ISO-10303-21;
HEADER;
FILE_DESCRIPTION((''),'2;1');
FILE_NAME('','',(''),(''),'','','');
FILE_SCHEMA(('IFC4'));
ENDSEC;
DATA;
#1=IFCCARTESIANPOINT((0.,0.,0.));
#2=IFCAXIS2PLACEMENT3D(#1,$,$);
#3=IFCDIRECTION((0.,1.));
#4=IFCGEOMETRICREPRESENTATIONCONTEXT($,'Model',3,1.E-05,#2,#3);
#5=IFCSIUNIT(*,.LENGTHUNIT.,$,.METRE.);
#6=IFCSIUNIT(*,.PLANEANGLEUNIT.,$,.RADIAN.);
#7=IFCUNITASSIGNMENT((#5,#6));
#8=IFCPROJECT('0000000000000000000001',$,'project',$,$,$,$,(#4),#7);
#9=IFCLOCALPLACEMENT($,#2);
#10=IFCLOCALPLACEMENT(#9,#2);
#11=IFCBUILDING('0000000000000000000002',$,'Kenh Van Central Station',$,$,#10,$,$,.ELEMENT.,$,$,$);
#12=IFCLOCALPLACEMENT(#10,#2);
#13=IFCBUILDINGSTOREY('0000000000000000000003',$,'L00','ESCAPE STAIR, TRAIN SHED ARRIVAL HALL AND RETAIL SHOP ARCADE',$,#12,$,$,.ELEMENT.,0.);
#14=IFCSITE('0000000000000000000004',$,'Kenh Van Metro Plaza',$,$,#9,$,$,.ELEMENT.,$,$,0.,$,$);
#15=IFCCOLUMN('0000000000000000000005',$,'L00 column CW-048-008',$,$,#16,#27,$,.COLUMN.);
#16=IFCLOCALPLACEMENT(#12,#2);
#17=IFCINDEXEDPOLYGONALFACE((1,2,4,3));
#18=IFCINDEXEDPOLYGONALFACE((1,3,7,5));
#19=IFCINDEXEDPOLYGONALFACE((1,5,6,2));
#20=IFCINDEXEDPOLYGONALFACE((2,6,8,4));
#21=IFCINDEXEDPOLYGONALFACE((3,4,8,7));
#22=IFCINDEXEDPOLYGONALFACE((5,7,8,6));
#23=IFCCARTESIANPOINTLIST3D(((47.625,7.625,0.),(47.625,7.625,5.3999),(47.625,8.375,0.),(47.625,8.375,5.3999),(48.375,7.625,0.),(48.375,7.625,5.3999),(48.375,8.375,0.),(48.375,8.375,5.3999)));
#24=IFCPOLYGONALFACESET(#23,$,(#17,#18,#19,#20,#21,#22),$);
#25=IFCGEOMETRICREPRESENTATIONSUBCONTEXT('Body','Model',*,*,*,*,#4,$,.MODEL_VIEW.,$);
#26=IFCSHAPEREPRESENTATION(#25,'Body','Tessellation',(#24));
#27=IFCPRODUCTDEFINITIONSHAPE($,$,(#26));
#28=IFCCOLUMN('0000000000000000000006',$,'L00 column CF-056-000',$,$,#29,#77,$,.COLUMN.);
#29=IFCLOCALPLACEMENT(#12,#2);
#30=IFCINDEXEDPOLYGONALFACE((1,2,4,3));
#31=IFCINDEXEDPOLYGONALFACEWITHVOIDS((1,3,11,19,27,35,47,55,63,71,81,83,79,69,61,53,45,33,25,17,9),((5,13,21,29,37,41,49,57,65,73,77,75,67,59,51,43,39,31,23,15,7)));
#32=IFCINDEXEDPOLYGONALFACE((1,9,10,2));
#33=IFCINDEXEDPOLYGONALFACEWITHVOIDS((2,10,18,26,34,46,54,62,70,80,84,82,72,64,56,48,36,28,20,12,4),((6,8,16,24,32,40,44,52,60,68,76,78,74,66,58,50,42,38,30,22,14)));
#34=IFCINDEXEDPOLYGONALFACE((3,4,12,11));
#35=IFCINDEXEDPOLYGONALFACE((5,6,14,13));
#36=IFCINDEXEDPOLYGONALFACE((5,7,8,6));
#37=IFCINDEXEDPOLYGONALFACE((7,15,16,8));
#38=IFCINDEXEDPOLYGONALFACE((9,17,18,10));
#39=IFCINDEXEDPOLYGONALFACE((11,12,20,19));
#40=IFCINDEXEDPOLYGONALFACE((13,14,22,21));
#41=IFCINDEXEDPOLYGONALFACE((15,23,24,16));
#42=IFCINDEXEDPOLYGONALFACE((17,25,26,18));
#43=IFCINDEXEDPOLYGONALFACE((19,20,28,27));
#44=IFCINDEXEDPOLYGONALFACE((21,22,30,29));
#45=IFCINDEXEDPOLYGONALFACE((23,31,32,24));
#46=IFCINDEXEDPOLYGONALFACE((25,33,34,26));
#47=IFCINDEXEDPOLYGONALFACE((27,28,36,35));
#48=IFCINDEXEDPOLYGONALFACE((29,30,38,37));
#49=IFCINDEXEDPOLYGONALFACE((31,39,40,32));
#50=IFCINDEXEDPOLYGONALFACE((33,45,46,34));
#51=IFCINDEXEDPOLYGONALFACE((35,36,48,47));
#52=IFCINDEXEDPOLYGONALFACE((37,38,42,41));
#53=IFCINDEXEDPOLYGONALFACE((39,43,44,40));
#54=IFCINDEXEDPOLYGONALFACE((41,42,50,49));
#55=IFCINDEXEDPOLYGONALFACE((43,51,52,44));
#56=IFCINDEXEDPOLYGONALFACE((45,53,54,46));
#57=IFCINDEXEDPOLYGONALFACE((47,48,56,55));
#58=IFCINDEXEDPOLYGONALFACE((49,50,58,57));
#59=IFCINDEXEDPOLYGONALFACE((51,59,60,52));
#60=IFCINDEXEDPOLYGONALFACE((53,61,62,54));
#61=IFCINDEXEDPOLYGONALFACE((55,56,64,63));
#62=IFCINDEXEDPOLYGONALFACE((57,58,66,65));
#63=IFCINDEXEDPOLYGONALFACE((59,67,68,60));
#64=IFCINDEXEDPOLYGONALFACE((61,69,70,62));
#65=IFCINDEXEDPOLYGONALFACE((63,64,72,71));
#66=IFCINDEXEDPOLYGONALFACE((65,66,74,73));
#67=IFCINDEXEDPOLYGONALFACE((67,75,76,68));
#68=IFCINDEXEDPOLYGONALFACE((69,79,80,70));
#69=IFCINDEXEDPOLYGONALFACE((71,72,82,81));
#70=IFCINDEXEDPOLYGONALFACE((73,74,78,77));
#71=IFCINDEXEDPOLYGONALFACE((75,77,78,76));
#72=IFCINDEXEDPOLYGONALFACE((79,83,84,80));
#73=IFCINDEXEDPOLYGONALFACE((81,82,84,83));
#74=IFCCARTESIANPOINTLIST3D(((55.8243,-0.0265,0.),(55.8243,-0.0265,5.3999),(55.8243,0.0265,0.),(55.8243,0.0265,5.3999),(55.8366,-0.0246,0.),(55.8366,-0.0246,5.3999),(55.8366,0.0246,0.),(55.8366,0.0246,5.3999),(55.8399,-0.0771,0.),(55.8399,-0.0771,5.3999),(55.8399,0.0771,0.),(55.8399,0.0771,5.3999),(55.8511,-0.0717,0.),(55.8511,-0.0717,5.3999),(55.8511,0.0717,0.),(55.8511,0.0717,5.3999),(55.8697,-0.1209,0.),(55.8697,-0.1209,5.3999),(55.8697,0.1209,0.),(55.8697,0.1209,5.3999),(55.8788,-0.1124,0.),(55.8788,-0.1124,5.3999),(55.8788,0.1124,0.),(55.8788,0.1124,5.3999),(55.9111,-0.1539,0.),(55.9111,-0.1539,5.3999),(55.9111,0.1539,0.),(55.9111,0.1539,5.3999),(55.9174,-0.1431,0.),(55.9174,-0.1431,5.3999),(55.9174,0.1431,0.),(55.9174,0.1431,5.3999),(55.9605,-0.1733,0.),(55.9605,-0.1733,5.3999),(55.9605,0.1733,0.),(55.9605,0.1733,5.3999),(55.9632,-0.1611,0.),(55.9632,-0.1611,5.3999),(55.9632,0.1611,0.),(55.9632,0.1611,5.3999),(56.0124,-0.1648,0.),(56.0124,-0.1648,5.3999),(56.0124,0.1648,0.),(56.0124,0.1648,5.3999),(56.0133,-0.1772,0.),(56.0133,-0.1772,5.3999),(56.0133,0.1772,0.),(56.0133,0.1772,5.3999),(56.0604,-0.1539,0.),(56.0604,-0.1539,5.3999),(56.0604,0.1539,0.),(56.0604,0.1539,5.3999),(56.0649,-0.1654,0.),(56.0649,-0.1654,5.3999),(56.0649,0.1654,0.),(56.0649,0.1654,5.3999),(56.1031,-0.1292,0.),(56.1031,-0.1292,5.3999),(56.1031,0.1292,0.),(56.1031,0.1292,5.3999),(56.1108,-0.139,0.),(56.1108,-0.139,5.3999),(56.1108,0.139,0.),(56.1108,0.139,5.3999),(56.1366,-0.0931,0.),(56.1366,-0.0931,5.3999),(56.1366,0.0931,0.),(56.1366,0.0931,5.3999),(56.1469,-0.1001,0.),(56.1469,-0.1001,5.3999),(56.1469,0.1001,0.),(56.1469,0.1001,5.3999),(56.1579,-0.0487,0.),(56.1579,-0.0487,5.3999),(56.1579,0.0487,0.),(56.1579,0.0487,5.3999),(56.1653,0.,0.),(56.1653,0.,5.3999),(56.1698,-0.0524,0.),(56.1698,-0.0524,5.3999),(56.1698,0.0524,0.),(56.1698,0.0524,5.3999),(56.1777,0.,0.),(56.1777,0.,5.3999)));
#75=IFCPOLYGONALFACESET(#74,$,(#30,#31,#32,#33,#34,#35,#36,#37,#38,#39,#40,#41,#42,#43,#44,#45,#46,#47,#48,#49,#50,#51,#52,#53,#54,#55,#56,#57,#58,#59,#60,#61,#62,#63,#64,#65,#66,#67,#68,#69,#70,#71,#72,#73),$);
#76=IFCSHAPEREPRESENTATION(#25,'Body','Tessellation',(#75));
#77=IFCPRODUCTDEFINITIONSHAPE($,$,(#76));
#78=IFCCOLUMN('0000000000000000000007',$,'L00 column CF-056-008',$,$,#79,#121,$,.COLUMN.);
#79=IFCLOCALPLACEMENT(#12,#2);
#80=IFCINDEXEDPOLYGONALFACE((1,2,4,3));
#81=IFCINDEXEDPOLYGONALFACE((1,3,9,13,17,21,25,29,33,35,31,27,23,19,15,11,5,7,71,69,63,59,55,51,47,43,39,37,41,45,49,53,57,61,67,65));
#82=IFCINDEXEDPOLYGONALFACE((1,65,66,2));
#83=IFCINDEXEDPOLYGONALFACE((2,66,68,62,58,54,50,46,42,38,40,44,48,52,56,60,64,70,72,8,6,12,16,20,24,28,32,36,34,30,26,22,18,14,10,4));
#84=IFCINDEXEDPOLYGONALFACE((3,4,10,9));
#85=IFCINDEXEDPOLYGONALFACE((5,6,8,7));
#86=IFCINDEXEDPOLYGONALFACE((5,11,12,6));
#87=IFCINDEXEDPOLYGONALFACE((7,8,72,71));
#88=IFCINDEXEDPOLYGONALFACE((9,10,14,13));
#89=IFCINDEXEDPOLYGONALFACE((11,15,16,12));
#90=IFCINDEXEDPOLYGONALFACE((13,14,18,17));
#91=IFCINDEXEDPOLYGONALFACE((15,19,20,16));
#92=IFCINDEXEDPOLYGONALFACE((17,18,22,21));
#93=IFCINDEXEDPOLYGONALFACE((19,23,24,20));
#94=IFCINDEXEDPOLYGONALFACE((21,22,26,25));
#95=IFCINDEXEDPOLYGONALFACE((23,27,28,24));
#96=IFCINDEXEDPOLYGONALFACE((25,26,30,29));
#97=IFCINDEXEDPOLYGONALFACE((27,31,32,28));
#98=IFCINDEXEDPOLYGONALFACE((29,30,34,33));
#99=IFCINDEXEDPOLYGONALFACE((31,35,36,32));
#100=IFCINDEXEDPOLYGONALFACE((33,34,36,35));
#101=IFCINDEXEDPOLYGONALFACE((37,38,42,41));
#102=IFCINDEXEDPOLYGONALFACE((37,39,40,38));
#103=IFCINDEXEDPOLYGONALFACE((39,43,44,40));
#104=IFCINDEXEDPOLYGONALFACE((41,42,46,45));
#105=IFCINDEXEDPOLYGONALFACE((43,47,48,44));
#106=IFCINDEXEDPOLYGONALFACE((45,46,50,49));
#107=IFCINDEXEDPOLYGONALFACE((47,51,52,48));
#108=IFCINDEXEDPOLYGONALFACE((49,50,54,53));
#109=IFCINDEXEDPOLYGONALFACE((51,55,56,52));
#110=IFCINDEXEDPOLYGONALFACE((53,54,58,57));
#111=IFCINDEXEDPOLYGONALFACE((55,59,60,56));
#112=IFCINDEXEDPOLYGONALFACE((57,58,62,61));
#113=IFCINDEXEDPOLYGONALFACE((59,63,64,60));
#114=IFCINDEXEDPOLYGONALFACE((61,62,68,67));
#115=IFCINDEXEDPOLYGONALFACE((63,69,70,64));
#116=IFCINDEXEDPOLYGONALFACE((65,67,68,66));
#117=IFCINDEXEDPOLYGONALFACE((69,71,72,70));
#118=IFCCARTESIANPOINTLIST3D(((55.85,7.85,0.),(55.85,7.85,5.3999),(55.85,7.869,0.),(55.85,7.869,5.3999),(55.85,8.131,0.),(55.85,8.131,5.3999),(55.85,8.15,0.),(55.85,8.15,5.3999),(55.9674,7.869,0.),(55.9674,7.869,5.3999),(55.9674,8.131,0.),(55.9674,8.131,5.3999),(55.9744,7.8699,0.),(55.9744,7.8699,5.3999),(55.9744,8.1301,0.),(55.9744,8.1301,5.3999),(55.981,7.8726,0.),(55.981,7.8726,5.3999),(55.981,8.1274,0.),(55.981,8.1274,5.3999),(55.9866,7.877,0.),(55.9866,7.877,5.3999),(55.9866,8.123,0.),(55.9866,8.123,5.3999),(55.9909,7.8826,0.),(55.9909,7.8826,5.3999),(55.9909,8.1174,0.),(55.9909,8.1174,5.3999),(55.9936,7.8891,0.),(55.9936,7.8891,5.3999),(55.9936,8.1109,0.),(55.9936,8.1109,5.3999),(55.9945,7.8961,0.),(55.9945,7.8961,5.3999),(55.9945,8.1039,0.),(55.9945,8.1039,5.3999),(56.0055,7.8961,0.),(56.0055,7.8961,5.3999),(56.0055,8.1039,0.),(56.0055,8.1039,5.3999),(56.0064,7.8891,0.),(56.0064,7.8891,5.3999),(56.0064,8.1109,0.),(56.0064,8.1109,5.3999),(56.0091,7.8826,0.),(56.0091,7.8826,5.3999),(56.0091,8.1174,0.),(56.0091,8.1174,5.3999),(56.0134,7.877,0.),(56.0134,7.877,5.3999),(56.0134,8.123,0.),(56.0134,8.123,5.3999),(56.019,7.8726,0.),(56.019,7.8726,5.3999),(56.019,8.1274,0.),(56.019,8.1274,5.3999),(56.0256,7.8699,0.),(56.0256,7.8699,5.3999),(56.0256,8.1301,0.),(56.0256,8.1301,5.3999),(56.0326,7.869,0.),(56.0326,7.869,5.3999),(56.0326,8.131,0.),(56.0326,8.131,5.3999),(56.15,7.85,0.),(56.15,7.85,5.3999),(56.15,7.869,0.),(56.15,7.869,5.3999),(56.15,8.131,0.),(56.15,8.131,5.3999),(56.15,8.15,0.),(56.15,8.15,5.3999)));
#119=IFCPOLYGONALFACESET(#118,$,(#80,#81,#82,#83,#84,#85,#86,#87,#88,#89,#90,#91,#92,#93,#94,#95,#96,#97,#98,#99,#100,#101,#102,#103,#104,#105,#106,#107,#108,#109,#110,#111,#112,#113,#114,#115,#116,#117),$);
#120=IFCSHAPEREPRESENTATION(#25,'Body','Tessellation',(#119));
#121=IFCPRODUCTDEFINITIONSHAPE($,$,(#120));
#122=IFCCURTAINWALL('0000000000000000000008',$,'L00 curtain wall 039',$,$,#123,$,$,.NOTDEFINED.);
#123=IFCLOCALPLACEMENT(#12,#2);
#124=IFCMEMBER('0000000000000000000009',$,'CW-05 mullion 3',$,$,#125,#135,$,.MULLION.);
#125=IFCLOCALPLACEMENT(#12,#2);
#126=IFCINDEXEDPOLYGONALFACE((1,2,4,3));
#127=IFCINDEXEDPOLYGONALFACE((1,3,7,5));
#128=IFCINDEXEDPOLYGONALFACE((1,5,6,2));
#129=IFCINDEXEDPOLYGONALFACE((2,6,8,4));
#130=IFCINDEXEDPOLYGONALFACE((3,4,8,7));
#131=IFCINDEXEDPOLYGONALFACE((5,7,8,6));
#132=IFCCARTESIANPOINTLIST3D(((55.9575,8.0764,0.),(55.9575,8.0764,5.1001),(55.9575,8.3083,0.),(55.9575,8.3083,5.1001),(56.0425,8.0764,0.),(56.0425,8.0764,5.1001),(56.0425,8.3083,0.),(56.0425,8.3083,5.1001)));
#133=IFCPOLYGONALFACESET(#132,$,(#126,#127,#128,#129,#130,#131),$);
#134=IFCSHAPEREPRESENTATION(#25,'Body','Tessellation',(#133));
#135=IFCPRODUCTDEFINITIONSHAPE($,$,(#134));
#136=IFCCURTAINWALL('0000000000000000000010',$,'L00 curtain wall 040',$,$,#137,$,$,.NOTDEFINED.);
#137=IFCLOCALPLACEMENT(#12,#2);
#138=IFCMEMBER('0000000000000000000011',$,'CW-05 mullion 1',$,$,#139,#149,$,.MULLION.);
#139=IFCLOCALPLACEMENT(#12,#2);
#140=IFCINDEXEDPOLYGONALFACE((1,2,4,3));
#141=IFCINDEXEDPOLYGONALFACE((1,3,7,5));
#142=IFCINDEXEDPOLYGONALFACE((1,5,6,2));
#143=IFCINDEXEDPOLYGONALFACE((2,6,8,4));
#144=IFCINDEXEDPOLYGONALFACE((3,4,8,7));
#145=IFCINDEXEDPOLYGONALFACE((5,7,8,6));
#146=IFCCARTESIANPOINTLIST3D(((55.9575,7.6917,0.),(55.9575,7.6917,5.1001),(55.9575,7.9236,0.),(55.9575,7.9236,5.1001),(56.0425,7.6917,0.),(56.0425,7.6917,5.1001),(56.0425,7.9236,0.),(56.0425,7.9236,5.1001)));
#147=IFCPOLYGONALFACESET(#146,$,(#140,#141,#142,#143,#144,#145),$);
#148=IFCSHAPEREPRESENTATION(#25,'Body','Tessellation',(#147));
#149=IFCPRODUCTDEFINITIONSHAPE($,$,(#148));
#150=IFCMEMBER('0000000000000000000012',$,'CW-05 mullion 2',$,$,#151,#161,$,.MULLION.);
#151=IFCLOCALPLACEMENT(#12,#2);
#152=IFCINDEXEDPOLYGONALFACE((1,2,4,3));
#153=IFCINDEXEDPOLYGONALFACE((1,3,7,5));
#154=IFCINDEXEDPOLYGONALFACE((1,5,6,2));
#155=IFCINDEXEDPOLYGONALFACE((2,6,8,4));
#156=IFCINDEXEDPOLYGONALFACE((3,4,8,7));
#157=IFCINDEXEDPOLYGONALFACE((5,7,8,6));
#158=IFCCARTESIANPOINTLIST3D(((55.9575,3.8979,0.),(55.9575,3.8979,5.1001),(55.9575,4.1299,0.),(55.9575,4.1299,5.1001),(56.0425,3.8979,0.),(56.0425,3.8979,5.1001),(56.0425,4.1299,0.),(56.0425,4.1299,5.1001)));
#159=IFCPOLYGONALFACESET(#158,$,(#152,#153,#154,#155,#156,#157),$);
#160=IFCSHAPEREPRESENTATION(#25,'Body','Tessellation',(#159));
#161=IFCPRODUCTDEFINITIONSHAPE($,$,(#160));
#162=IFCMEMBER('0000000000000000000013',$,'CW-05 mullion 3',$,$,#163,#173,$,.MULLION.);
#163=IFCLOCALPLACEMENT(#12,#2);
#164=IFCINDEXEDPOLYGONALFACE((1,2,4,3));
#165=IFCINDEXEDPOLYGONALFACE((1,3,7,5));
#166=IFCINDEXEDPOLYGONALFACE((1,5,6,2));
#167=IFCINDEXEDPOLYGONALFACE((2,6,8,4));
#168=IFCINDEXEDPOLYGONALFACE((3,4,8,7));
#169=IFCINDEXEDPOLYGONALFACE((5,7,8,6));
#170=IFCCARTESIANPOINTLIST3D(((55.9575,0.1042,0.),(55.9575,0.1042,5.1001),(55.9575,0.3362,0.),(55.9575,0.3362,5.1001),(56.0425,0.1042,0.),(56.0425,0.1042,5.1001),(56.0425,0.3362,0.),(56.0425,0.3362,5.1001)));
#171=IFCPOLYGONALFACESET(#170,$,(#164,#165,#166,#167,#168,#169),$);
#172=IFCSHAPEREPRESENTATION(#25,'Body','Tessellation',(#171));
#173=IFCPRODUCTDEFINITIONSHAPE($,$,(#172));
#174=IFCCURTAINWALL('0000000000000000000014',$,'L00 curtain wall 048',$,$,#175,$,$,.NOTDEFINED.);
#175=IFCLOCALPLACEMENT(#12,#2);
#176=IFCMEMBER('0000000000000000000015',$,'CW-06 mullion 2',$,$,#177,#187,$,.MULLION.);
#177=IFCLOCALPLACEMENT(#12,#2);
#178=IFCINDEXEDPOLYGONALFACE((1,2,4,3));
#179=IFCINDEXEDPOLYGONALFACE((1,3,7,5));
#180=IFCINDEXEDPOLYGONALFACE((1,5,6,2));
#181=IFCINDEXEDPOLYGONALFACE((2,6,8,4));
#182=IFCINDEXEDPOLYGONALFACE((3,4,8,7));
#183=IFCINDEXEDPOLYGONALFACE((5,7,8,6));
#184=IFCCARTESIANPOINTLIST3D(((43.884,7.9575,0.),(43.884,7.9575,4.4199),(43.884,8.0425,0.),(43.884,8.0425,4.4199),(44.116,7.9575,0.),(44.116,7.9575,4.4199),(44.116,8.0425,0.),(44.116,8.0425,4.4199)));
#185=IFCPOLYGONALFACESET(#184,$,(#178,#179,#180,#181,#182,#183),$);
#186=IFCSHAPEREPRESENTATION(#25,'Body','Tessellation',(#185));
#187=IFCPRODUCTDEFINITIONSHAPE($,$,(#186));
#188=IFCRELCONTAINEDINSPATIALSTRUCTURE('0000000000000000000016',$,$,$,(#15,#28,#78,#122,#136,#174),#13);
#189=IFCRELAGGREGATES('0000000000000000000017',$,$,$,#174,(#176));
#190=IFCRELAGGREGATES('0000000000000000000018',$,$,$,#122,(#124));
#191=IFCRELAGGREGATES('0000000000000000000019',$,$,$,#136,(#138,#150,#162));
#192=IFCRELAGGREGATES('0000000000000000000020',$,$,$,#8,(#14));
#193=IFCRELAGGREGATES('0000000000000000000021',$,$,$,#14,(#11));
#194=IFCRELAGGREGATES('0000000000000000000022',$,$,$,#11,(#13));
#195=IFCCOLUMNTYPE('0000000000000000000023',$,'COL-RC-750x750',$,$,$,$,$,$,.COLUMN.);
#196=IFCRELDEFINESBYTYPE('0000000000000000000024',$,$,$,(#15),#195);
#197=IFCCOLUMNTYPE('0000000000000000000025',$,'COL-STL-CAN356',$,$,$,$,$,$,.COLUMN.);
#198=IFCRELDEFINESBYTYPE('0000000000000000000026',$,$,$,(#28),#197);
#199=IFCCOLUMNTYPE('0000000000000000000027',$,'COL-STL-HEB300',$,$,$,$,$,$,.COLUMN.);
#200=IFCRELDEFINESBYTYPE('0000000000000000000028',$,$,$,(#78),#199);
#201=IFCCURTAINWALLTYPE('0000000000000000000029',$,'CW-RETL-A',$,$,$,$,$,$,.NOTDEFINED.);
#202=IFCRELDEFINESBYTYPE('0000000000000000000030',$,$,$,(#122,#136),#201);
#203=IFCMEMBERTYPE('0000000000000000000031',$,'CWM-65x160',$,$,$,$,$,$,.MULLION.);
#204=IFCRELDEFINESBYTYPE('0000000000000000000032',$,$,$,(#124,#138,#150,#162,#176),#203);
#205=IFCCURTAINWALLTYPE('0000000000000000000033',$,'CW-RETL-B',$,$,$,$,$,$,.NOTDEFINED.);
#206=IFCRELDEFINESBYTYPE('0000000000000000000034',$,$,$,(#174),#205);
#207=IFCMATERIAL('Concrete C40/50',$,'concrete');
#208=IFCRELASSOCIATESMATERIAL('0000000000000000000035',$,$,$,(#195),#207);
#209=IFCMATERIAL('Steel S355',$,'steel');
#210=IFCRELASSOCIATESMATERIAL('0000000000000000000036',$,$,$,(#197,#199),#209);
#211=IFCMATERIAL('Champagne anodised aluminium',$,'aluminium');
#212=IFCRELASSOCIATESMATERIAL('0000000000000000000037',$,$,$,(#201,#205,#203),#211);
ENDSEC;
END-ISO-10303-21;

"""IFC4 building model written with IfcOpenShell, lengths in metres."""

from ifc_helpers import new_model, si_unit, direction, frame, origin, origin_2d, place, context, subcontext, project, spatial, rectangle, hollow_circle, i_section, extrude, material, material_profile, profile_set, type_object, element, aggregate, save


model = new_model("IFC4")

# Units and contexts
model_context = context("Model", 3, precision=1e-05, world=origin(), true_north=direction((0.0, 1.0)))
body_context = subcontext(model_context, "Body", "Model", "MODEL_VIEW")
ifc_project = project(units=[si_unit("LENGTHUNIT", "METRE"), si_unit("PLANEANGLEUNIT", "RADIAN")], contexts=[model_context])

# Site, building, storey
site_placement = place(None, origin())
site = spatial("IfcSite", under=ifc_project, at=site_placement, Name="Kenh Van Metro Plaza", CompositionType="ELEMENT", RefElevation=0.0)
building_placement = place(site_placement, origin())
building = spatial("IfcBuilding", under=site, at=building_placement, Name="Kenh Van Central Station", CompositionType="ELEMENT")
storey_placement = place(building_placement, origin())
storey = spatial("IfcBuildingStorey", under=building, at=storey_placement, Name="L00", Description="ESCAPE STAIR, TRAIN SHED ARRIVAL HALL AND RETAIL SHOP ARCADE", CompositionType="ELEMENT", Elevation=0.0)

# Columns
ifc_material_1 = material(Name="Concrete C40/50", Category="concrete")
ifc_material_profile_1 = material_profile(ifc_material_1, rectangle(XDim=0.75, YDim=0.75, at=origin_2d()), Name="RC 750x750")
ifc_profile_set_1 = profile_set([ifc_material_profile_1], Name="Concrete C40/50")
column_type_1 = type_object("IfcColumnType", Name="COL-RC-750x750", PredefinedType="COLUMN", material=ifc_profile_set_1)
column_1_placement = place(storey_placement, frame((48.0, 8.0, 0.0), z_axis=(0.0, 0.0, 1.0), x_axis=(1.0, 0.0, 0.0)))
element("IfcColumn", 1, at=column_1_placement, inside=storey, type_object=column_type_1, Name="L00 column CW-048-008", PredefinedType="COLUMN", context=body_context, shape_type="SweptSolid", body=[
    extrude(rectangle(XDim=0.75, YDim=0.75, at=origin_2d()), origin(), (0.0, 0.0, 1.0), 5.3999),
])
ifc_material_2 = material(Name="Steel S355", Category="steel")
ifc_material_profile_2 = material_profile(ifc_material_2, hollow_circle(Radius=0.1777, WallThickness=0.0125, at=origin_2d()), Name="CHS 355.6x12.5")
ifc_profile_set_2 = profile_set([ifc_material_profile_2], Name="Steel S355")
column_type_2 = type_object("IfcColumnType", Name="COL-STL-CAN356", PredefinedType="COLUMN", material=ifc_profile_set_2)
column_2_placement = place(storey_placement, frame((56.0, 0.0, 0.0), z_axis=(0.0, 0.0, 1.0), x_axis=(1.0, 0.0, 0.0)))
element("IfcColumn", 2, at=column_2_placement, inside=storey, type_object=column_type_2, Name="L00 column CF-056-000", PredefinedType="COLUMN", context=body_context, shape_type="SweptSolid", body=[
    extrude(hollow_circle(Radius=0.1777, WallThickness=0.0125, at=origin_2d()), origin(), (0.0, 0.0, 1.0), 5.3999),
])
ifc_material_profile_3 = material_profile(ifc_material_2, i_section(OverallWidth=0.3, OverallDepth=0.3, WebThickness=0.011, FlangeThickness=0.019, FilletRadius=0.0271, at=origin_2d()), Name="HEB 300")
ifc_profile_set_3 = profile_set([ifc_material_profile_3], Name="Steel S355")
column_type_3 = type_object("IfcColumnType", Name="COL-STL-HEB300", PredefinedType="COLUMN", material=ifc_profile_set_3)
column_3_placement = place(storey_placement, frame((56.0, 8.0, 0.0), z_axis=(0.0, 0.0, 1.0), x_axis=(1.0, 0.0, 0.0)))
element("IfcColumn", 3, at=column_3_placement, inside=storey, type_object=column_type_3, Name="L00 column CF-056-008", PredefinedType="COLUMN", context=body_context, shape_type="SweptSolid", body=[
    extrude(i_section(OverallWidth=0.3, OverallDepth=0.3, WebThickness=0.011, FlangeThickness=0.019, FilletRadius=0.0271, at=origin_2d()), origin(), (0.0, 0.0, 1.0), 5.3999),
])

# Curtain wall, member
ifc_material_3 = material(Name="Champagne anodised aluminium", Category="aluminium")
curtain_wall_type_1 = type_object("IfcCurtainWallType", Name="CW-RETL-A", PredefinedType="NOTDEFINED", material=ifc_material_3)
curtain_wall_1_placement = place(storey_placement, origin())
curtain_wall_1 = element("IfcCurtainWall", 4, at=curtain_wall_1_placement, inside=storey, type_object=curtain_wall_type_1, Name="L00 curtain wall 039", PredefinedType="NOTDEFINED")
ifc_material_profile_4 = material_profile(ifc_material_3, rectangle(XDim=0.085, YDim=0.2319, at=origin_2d()), Name="AL 85x232")
ifc_profile_set_4 = profile_set([ifc_material_profile_4], Name="Champagne anodised aluminium")
member_type_1 = type_object("IfcMemberType", Name="CWM-65x160", PredefinedType="MULLION", material=ifc_profile_set_4)
member_1_placement = place(storey_placement, frame((56.0, 8.1924, 0.0), z_axis=(0.0, 0.0, 1.0), x_axis=(1.0, 0.0, 0.0)))
member_1 = element("IfcMember", 5, at=member_1_placement, type_object=member_type_1, Name="CW-05 mullion 3", PredefinedType="MULLION", context=body_context, shape_type="SweptSolid", body=[
    extrude(rectangle(XDim=0.085, YDim=0.2319, at=origin_2d()), origin(), (0.0, 0.0, 1.0), 5.1001),
])

# Curtain walls, members
curtain_wall_2_placement = place(storey_placement, origin())
curtain_wall_2 = element("IfcCurtainWall", 6, at=curtain_wall_2_placement, inside=storey, type_object=curtain_wall_type_1, Name="L00 curtain wall 040", PredefinedType="NOTDEFINED")
member_2_placement = place(storey_placement, frame((56.0, 7.8076, 0.0), z_axis=(0.0, 0.0, 1.0), x_axis=(1.0, 0.0, 0.0)))
member_2 = element("IfcMember", 7, at=member_2_placement, type_object=member_type_1, Name="CW-05 mullion 1", PredefinedType="MULLION", context=body_context, shape_type="SweptSolid", body=[
    extrude(rectangle(XDim=0.085, YDim=0.2319, at=origin_2d()), origin(), (0.0, 0.0, 1.0), 5.1001),
])
member_3_placement = place(storey_placement, frame((56.0, 4.0139, 0.0), z_axis=(0.0, 0.0, 1.0), x_axis=(1.0, 0.0, 0.0)))
member_3 = element("IfcMember", 8, at=member_3_placement, type_object=member_type_1, Name="CW-05 mullion 2", PredefinedType="MULLION", context=body_context, shape_type="SweptSolid", body=[
    extrude(rectangle(XDim=0.085, YDim=0.2319, at=origin_2d()), origin(), (0.0, 0.0, 1.0), 5.1001),
])
member_4_placement = place(storey_placement, frame((56.0, 0.2202, 0.0), z_axis=(0.0, 0.0, 1.0), x_axis=(1.0, 0.0, 0.0)))
member_4 = element("IfcMember", 9, at=member_4_placement, type_object=member_type_1, Name="CW-05 mullion 3", PredefinedType="MULLION", context=body_context, shape_type="SweptSolid", body=[
    extrude(rectangle(XDim=0.085, YDim=0.2319, at=origin_2d()), origin(), (0.0, 0.0, 1.0), 5.1001),
])
curtain_wall_type_2 = type_object("IfcCurtainWallType", Name="CW-RETL-B", PredefinedType="NOTDEFINED", material=ifc_material_3)
curtain_wall_3_placement = place(storey_placement, origin())
curtain_wall_3 = element("IfcCurtainWall", 10, at=curtain_wall_3_placement, inside=storey, type_object=curtain_wall_type_2, Name="L00 curtain wall 048", PredefinedType="NOTDEFINED")
member_5_placement = place(storey_placement, frame((44.0, 8.0, 0.0), z_axis=(0.0, 0.0, 1.0), x_axis=(0.0, 1.0, 0.0)))
member_5 = element("IfcMember", 11, at=member_5_placement, type_object=member_type_1, Name="CW-06 mullion 2", PredefinedType="MULLION", context=body_context, shape_type="SweptSolid", body=[
    extrude(rectangle(XDim=0.085, YDim=0.2319, at=origin_2d()), origin(), (0.0, 0.0, 1.0), 4.4199),
])

aggregate(curtain_wall_3, [member_5])
aggregate(curtain_wall_1, [member_1])
aggregate(curtain_wall_2, [member_2, member_3, member_4])

save(model, "model.ifc")
